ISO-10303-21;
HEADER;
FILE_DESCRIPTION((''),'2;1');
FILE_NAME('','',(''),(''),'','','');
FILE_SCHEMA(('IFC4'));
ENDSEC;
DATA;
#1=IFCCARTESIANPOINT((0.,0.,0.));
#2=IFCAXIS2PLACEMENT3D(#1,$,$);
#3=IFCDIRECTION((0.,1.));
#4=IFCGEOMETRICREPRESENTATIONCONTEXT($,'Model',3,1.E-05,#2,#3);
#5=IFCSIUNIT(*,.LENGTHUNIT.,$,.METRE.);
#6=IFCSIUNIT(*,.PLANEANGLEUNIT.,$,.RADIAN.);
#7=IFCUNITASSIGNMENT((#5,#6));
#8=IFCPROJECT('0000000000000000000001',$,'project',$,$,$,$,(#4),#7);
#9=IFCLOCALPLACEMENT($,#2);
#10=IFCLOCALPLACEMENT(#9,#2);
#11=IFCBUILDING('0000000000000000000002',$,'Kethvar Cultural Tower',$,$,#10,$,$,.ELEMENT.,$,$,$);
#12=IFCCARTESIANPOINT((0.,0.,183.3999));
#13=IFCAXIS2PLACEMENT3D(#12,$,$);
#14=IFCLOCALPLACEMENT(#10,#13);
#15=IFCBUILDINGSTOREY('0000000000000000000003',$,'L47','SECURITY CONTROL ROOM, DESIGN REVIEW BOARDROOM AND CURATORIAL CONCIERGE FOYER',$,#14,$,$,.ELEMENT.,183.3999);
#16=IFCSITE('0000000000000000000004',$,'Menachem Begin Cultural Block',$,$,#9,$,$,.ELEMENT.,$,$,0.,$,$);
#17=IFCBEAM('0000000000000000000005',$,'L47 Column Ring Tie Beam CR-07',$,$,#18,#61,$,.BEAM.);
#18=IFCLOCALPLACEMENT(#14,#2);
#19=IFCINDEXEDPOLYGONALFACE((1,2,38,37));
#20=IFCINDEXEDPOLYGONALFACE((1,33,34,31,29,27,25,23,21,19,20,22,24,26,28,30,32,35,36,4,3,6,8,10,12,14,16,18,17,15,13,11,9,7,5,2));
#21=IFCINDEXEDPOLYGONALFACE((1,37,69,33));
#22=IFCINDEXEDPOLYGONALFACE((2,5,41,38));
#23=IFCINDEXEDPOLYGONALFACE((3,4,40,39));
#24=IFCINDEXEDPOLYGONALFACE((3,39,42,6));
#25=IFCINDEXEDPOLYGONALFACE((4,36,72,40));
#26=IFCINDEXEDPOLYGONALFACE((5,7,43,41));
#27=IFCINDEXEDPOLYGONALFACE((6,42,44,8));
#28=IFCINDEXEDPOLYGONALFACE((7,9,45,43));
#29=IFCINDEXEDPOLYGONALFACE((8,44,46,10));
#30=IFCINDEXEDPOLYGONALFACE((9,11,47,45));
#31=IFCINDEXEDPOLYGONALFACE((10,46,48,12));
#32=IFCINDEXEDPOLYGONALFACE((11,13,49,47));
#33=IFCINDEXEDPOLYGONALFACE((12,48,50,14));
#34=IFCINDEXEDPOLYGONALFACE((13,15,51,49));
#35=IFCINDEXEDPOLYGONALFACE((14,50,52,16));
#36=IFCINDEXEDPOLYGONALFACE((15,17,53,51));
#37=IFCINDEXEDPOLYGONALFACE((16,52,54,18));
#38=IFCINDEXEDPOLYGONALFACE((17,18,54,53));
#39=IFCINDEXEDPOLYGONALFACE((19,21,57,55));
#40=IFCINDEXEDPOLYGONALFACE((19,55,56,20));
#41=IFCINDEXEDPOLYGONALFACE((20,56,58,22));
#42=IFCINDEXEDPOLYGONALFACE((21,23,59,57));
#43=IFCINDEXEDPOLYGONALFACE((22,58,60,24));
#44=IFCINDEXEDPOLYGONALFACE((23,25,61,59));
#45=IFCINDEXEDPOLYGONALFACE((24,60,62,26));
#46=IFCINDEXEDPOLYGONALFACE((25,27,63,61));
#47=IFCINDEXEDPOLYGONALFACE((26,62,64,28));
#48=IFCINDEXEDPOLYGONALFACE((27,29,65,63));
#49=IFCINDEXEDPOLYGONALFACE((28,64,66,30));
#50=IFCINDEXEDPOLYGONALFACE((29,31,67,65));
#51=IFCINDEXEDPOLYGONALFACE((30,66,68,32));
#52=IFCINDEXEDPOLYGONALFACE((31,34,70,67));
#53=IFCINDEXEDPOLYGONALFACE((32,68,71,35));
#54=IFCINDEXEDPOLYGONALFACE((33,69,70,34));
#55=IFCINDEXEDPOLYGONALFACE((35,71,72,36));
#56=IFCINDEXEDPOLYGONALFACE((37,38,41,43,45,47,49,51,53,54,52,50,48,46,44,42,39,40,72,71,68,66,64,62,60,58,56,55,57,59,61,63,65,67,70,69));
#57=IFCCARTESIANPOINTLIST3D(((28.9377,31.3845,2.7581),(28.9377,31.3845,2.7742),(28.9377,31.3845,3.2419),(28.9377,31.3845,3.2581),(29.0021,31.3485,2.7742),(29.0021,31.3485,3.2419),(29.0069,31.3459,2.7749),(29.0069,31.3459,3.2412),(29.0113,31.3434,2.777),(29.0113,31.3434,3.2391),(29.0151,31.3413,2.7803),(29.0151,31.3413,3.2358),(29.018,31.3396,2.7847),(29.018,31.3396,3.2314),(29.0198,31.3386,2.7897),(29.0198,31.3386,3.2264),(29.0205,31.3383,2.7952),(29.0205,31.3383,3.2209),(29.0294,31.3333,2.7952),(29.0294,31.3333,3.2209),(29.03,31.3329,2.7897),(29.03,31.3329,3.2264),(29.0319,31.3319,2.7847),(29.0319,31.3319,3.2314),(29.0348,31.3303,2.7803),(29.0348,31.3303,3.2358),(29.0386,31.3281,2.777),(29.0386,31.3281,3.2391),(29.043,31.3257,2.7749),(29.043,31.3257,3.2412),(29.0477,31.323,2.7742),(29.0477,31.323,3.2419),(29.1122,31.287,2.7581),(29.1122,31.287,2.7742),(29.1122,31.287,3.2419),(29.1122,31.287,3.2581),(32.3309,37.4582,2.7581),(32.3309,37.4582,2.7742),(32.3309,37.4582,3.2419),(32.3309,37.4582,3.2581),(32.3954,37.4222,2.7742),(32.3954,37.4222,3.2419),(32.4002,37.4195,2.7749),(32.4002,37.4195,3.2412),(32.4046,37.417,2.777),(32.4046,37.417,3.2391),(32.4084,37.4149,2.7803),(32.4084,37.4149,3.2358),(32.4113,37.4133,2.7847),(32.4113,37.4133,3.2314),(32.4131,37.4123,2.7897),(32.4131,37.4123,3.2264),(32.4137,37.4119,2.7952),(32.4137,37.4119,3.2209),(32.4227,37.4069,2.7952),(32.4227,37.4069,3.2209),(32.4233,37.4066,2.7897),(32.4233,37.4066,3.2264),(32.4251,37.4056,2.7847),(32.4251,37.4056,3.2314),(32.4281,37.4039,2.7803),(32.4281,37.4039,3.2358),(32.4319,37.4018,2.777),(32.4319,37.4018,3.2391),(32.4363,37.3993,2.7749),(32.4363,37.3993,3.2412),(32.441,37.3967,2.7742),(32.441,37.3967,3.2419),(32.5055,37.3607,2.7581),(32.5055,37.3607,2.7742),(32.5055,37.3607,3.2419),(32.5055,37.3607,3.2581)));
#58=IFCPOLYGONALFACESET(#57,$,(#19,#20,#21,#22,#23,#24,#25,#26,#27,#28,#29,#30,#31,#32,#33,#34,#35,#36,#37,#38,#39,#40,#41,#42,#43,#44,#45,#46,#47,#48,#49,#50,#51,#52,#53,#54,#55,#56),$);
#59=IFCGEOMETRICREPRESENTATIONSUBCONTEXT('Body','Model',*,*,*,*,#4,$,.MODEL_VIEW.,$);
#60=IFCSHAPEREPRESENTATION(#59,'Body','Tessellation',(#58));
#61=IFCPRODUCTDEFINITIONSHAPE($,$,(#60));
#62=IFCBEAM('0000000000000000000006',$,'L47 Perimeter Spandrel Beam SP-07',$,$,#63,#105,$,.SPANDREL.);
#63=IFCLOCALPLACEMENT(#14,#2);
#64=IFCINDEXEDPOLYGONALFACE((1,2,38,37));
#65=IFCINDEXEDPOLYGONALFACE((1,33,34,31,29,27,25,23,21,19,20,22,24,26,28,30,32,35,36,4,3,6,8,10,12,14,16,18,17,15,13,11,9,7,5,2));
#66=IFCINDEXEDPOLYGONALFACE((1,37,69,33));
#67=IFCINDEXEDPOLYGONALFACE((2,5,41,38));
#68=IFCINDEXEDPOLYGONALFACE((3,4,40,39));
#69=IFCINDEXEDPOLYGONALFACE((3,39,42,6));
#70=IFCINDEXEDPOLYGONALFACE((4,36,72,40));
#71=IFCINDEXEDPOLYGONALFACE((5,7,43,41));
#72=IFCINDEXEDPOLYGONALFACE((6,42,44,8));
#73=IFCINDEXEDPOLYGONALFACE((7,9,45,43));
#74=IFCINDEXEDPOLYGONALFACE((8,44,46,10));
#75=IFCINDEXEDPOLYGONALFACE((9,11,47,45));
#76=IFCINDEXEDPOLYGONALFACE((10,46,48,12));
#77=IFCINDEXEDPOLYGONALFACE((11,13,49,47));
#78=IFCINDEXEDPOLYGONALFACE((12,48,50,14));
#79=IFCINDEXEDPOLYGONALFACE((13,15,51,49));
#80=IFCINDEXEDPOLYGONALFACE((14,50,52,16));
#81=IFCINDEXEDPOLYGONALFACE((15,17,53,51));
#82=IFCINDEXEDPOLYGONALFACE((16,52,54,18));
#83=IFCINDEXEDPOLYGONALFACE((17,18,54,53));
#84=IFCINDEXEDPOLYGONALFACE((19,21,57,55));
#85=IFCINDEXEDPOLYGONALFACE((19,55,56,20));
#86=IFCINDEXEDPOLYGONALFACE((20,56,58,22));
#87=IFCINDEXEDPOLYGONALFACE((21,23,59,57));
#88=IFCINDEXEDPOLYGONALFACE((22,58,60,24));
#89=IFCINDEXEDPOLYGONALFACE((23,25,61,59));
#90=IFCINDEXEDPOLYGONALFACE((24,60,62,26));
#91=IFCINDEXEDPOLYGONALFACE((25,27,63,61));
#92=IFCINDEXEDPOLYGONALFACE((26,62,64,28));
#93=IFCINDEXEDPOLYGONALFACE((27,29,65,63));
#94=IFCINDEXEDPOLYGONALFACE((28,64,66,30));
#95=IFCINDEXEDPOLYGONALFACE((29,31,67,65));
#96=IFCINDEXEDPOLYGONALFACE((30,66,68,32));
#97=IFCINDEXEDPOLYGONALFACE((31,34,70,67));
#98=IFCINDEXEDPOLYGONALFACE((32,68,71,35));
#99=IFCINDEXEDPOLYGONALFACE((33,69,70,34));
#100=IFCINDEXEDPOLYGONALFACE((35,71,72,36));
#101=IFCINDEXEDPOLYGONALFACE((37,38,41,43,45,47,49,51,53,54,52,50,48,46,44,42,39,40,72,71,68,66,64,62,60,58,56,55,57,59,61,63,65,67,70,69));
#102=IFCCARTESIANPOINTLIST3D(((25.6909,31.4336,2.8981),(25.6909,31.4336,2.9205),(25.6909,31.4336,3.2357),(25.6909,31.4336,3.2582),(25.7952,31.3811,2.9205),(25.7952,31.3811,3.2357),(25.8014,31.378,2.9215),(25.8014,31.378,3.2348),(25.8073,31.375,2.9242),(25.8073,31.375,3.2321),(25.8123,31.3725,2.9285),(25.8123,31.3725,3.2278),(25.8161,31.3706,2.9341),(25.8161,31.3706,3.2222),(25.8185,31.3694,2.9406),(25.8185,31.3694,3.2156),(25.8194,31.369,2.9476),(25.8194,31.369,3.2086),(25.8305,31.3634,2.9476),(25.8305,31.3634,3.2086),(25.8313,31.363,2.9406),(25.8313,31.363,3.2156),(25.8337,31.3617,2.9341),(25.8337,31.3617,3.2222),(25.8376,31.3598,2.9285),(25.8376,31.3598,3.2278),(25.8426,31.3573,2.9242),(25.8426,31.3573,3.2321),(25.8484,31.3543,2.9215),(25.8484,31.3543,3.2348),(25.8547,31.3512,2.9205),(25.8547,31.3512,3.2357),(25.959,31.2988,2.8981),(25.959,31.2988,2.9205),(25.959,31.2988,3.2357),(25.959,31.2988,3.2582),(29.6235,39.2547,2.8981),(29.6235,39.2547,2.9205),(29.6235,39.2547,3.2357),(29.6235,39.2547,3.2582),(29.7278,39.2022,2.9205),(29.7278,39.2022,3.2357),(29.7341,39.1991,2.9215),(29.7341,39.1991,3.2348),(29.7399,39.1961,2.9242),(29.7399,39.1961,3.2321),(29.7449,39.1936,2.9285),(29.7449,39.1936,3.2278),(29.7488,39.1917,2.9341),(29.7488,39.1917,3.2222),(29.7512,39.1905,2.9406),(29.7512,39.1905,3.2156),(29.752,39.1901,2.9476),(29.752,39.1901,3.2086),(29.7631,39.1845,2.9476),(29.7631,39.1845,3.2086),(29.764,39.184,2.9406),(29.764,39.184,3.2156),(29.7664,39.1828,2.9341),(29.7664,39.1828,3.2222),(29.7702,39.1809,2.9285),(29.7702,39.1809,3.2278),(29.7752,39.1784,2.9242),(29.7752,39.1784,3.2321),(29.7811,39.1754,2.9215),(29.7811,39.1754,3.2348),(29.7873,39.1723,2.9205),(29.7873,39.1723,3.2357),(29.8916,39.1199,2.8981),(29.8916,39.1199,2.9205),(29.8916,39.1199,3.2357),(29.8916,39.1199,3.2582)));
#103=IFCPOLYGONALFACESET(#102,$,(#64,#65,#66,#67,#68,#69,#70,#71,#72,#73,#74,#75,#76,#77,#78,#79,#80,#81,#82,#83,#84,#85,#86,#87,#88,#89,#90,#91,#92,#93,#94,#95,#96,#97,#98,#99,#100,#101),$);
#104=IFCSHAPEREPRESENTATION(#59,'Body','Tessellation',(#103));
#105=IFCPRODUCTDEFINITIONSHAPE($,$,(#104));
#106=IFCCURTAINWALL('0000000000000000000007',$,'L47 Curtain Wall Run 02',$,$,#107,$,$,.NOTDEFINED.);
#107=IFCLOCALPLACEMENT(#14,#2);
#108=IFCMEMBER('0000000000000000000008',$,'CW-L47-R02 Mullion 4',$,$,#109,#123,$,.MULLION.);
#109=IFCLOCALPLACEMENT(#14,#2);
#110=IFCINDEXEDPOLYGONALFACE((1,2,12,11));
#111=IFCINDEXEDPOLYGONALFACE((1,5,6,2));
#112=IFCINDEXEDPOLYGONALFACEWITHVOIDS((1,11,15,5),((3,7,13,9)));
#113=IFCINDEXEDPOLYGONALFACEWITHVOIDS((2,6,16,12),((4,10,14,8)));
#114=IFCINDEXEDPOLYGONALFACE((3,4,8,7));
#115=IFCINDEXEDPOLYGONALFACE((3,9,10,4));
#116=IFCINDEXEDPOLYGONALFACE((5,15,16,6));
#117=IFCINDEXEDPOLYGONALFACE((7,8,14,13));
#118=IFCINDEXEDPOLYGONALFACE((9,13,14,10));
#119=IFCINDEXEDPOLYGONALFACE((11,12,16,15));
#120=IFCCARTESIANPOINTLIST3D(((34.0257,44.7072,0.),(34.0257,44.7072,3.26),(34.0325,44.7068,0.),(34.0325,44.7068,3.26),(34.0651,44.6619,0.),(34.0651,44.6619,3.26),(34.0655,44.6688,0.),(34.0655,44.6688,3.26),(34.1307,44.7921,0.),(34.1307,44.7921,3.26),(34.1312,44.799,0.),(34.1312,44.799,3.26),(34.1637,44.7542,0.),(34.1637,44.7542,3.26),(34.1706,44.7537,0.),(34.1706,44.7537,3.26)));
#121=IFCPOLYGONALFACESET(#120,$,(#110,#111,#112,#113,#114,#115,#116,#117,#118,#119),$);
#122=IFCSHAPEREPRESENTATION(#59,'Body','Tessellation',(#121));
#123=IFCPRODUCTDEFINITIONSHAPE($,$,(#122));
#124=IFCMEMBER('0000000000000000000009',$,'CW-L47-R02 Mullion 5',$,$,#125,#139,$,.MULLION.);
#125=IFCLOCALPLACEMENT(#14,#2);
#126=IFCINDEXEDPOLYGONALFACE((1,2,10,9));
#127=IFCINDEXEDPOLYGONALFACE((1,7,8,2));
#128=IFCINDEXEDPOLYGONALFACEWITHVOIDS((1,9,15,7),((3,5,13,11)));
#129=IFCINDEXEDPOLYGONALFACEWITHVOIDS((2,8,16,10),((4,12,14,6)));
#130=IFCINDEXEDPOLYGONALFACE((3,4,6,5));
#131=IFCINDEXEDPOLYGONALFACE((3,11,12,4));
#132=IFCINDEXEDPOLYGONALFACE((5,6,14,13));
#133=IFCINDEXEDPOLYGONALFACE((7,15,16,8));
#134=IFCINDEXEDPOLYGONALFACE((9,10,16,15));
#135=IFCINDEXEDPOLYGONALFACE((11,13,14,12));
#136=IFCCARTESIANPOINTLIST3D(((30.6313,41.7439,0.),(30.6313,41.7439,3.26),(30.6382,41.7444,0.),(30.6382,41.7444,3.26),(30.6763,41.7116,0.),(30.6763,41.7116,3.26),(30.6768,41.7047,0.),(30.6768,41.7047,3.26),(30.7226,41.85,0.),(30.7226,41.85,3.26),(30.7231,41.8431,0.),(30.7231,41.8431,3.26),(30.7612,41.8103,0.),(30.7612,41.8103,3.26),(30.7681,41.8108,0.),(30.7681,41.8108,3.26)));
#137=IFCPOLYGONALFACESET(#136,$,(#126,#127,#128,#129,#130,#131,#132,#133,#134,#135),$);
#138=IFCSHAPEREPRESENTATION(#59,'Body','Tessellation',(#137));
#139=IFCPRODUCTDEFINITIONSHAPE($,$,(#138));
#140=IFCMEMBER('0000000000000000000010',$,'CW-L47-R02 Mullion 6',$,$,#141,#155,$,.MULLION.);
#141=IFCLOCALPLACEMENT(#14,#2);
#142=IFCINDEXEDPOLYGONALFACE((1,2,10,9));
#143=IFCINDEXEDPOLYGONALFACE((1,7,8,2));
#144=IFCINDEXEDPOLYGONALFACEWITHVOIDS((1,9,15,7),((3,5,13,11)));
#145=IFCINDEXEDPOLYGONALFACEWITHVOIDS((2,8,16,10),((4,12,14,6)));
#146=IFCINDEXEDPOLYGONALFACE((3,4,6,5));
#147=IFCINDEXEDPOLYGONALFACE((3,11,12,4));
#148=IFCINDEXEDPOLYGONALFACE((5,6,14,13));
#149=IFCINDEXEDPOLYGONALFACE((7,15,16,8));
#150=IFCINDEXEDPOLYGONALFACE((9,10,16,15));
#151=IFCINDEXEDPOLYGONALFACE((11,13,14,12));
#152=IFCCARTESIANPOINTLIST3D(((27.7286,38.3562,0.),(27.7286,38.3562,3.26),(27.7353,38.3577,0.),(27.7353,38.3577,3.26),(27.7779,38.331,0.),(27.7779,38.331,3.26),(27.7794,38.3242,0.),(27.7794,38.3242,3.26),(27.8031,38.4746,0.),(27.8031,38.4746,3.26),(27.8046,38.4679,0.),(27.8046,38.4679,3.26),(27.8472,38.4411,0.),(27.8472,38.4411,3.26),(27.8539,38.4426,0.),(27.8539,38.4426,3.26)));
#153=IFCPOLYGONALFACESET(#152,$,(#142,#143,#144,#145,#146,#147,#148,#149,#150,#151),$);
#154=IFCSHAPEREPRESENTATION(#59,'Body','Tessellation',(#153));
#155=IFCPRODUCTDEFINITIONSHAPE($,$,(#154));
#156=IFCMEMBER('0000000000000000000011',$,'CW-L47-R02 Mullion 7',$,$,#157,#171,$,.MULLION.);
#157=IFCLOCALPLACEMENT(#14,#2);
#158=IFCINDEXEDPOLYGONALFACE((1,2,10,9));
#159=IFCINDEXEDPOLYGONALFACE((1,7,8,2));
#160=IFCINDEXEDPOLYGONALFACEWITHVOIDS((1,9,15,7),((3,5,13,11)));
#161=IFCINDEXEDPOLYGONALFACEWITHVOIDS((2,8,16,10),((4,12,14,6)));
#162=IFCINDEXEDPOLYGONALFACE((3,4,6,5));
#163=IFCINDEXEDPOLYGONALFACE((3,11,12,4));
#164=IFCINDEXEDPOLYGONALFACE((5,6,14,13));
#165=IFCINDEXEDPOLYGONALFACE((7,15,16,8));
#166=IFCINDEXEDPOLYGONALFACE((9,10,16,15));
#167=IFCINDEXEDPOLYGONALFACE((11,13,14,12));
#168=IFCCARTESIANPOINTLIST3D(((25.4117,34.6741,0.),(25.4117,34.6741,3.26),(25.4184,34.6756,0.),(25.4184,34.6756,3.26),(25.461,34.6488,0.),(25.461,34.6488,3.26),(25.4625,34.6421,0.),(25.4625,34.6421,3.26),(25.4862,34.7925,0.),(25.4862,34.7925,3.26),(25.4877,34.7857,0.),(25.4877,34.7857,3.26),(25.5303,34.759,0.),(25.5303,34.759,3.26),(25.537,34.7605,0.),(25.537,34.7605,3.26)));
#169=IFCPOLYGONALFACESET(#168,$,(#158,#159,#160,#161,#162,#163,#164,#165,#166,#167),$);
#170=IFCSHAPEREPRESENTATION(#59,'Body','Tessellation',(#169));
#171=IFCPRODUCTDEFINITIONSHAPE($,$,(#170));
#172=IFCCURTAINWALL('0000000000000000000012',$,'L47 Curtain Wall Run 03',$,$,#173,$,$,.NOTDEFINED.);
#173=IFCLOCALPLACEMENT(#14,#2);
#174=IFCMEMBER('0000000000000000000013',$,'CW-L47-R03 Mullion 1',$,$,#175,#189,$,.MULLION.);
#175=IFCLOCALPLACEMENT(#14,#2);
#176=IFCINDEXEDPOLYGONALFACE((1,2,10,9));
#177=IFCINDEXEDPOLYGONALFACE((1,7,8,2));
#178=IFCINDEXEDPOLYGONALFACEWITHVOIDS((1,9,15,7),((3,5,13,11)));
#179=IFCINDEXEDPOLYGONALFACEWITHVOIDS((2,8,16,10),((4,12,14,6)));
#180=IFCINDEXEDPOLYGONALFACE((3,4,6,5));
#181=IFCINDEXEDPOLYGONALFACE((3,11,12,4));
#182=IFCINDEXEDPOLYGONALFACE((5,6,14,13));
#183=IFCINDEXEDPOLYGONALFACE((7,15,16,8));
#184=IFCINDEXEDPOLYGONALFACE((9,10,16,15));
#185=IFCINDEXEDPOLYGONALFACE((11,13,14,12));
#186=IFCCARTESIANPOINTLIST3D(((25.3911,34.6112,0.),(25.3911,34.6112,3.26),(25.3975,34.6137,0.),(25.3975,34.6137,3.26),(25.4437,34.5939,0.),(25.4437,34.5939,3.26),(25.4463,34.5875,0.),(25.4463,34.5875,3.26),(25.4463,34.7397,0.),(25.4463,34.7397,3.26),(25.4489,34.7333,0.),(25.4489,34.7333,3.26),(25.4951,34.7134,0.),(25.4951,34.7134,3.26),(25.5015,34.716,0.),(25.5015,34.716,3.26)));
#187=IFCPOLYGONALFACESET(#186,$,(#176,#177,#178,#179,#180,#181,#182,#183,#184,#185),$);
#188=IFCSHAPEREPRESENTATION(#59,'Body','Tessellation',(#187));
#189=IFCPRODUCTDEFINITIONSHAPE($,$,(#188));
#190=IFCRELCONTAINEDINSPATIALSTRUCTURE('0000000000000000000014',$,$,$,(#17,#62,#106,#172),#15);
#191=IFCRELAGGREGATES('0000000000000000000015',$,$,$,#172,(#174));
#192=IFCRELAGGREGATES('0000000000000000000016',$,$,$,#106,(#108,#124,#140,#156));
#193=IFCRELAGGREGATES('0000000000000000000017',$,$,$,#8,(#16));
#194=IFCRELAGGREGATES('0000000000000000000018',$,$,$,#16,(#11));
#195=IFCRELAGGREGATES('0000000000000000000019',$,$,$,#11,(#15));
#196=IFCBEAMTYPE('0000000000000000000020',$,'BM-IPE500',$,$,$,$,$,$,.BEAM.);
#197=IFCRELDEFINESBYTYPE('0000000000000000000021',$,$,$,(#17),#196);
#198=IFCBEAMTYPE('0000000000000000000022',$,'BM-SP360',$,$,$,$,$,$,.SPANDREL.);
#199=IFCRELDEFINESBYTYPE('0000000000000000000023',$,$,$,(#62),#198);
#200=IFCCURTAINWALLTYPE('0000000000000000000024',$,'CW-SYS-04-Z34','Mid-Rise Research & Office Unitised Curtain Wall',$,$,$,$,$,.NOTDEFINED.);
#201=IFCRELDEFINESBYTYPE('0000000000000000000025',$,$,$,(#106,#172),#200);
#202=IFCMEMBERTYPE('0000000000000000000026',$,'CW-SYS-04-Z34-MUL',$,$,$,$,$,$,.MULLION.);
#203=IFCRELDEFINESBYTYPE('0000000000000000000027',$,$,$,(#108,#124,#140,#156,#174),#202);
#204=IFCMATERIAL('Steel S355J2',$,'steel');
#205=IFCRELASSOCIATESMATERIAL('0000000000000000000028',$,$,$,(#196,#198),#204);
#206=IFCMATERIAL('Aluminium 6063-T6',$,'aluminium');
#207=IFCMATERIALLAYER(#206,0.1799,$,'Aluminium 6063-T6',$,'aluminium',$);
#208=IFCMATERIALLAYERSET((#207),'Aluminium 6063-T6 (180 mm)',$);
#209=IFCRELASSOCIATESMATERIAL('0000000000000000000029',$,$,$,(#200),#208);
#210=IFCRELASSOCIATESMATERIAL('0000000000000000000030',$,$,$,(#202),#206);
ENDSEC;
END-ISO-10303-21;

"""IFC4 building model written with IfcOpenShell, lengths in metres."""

from ifc_helpers import new_model, si_unit, direction, frame, origin, origin_2d, place, context, subcontext, project, spatial, hollow_rectangle, i_section, extrude, source, transform, mapped, material, layer, layer_set, material_profile, profile_set, type_object, element, aggregate, save


model = new_model("IFC4")

# Units and contexts
model_context = context("Model", 3, precision=1e-05, world=origin(), true_north=direction((0.0, 1.0)))
body_context = subcontext(model_context, "Body", "Model", "MODEL_VIEW")
ifc_project = project(units=[si_unit("LENGTHUNIT", "METRE"), si_unit("PLANEANGLEUNIT", "RADIAN")], contexts=[model_context])

# Site, building, storey
site_placement = place(None, origin())
site = spatial("IfcSite", under=ifc_project, at=site_placement, Name="Menachem Begin Cultural Block", CompositionType="ELEMENT", RefElevation=0.0)
building_placement = place(site_placement, origin())
building = spatial("IfcBuilding", under=site, at=building_placement, Name="Kethvar Cultural Tower", CompositionType="ELEMENT")
storey_placement = place(building_placement, frame((0.0, 0.0, 183.3999)))
storey = spatial("IfcBuildingStorey", under=building, at=storey_placement, Name="L47", Description="SECURITY CONTROL ROOM, DESIGN REVIEW BOARDROOM AND CURATORIAL CONCIERGE FOYER", CompositionType="ELEMENT", Elevation=183.3999)

# Beams
ifc_material_1 = material(Name="Steel S355J2", Category="steel")
ifc_material_profile_1 = material_profile(ifc_material_1, i_section(OverallWidth=0.2, OverallDepth=0.5, WebThickness=0.0103, FlangeThickness=0.0161, FilletRadius=0.021, at=origin_2d()), Name="Steel S355J2 — IPE500")
ifc_profile_set_1 = profile_set([ifc_material_profile_1], Name="Steel S355J2 — IPE500")
beam_type_1 = type_object("IfcBeamType", Name="BM-IPE500", PredefinedType="BEAM", material=ifc_profile_set_1)
ifc_material_profile_2 = material_profile(ifc_material_1, i_section(OverallWidth=0.3, OverallDepth=0.3601, WebThickness=0.0125, FlangeThickness=0.0225, FilletRadius=0.0271, at=origin_2d()), Name="Steel S355J2 — HEB360")
ifc_profile_set_2 = profile_set([ifc_material_profile_2], Name="Steel S355J2 — HEB360")
beam_type_2 = type_object("IfcBeamType", Name="BM-SP360", PredefinedType="SPANDREL", material=ifc_profile_set_2)
shared_shape_1 = source(origin(), body_context, "Body", "SweptSolid", [
    extrude(i_section(OverallWidth=0.2, OverallDepth=0.5, WebThickness=0.0103, FlangeThickness=0.0161, FilletRadius=0.021, at=origin_2d()), origin(), (0.0, 0.0, 1.0), 6.9573),
])
beam_1_placement = place(storey_placement, frame((32.4182, 37.4094, 3.0081), z_axis=(-0.48773, -0.872994, 0.0), x_axis=(0.872994, -0.48773, 0.0)))
element("IfcBeam", 1, at=beam_1_placement, inside=storey, type_object=beam_type_1, Name="L47 Column Ring Tie Beam CR-07", PredefinedType="BEAM", context=body_context, shape_type="MappedRepresentation", body=[
    mapped(shared_shape_1, transform((0.0, 0.0, 0.0), scale=1.0)),
])
shared_shape_2 = source(origin(), body_context, "Body", "SweptSolid", [
    extrude(i_section(OverallWidth=0.3, OverallDepth=0.3601, WebThickness=0.0125, FlangeThickness=0.0225, FilletRadius=0.0271, at=origin_2d()), origin(), (0.0, 0.0, 1.0), 8.7542),
])
beam_2_placement = place(storey_placement, frame((29.7576, 39.1873, 3.0781), z_axis=(-0.449232, -0.893415, 0.0), x_axis=(0.893415, -0.449232, 0.0)))
element("IfcBeam", 2, at=beam_2_placement, inside=storey, type_object=beam_type_2, Name="L47 Perimeter Spandrel Beam SP-07", PredefinedType="SPANDREL", context=body_context, shape_type="MappedRepresentation", body=[
    mapped(shared_shape_2, transform((0.0, 0.0, 0.0), scale=1.0)),
])

# Curtain wall, members
ifc_material_2 = material(Name="Aluminium 6063-T6", Category="aluminium")
ifc_layer_1 = layer(ifc_material_2, 0.1799, Name="Aluminium 6063-T6", Category="aluminium")
ifc_layer_set_1 = layer_set([ifc_layer_1], Name="Aluminium 6063-T6 (180 mm)")
curtain_wall_type = type_object("IfcCurtainWallType", Name="CW-SYS-04-Z34", Description="Mid-Rise Research & Office Unitised Curtain Wall", PredefinedType="NOTDEFINED", material=ifc_layer_set_1)
curtain_wall_1_placement = place(storey_placement, origin())
curtain_wall_1 = element("IfcCurtainWall", 3, at=curtain_wall_1_placement, inside=storey, type_object=curtain_wall_type, Name="L47 Curtain Wall Run 02", PredefinedType="NOTDEFINED")
ifc_material_profile_3 = material_profile(ifc_material_2, hollow_rectangle(XDim=0.0601, YDim=0.1399, WallThickness=0.0049, at=origin_2d()), Name="Aluminium 6063-T6 — RHS140x60x5")
ifc_profile_set_3 = profile_set([ifc_material_profile_3], Name="Aluminium 6063-T6 — RHS140x60x5")
member_type_1 = type_object("IfcMemberType", Name="CW-SYS-04-Z34-MUL", PredefinedType="MULLION", material=ifc_profile_set_3)
shared_shape_3 = source(origin(), body_context, "Body", "SweptSolid", [
    extrude(hollow_rectangle(XDim=0.0601, YDim=0.1399, WallThickness=0.0049, at=origin_2d()), origin(), (0.0, 0.0, 1.0), 3.26),
])
member_1_placement = place(storey_placement, frame((34.0981, 44.7305, 0.0), z_axis=(0.0, 0.0, 1.0), x_axis=(0.656085, -0.754687, 0.0)))
member_1 = element("IfcMember", 4, at=member_1_placement, type_object=member_type_1, Name="CW-L47-R02 Mullion 4", PredefinedType="MULLION", context=body_context, shape_type="MappedRepresentation", body=[
    mapped(shared_shape_3, transform((0.0, 0.0, 0.0), scale=1.0)),
])
member_2_placement = place(storey_placement, frame((30.6997, 41.7773, 0.0), z_axis=(0.0, 0.0, 1.0), x_axis=(0.758009, -0.652244, 0.0)))
member_2 = element("IfcMember", 5, at=member_2_placement, type_object=member_type_1, Name="CW-L47-R02 Mullion 5", PredefinedType="MULLION", context=body_context, shape_type="MappedRepresentation", body=[
    mapped(shared_shape_3, transform((0.0, 0.0, 0.0), scale=1.0)),
])
member_3_placement = place(storey_placement, frame((27.7913, 38.3994, 0.0), z_axis=(0.0, 0.0, 1.0), x_axis=(0.846379, -0.532581, 0.0)))
member_3 = element("IfcMember", 6, at=member_3_placement, type_object=member_type_1, Name="CW-L47-R02 Mullion 6", PredefinedType="MULLION", context=body_context, shape_type="MappedRepresentation", body=[
    mapped(shared_shape_3, transform((0.0, 0.0, 0.0), scale=1.0)),
])
member_4_placement = place(storey_placement, frame((25.4744, 34.7173, 0.0), z_axis=(0.0, 0.0, 1.0), x_axis=(0.846379, -0.532581, 0.0)))
member_4 = element("IfcMember", 7, at=member_4_placement, type_object=member_type_1, Name="CW-L47-R02 Mullion 7", PredefinedType="MULLION", context=body_context, shape_type="MappedRepresentation", body=[
    mapped(shared_shape_3, transform((0.0, 0.0, 0.0), scale=1.0)),
])

# Curtain wall, member
curtain_wall_2_placement = place(storey_placement, origin())
curtain_wall_2 = element("IfcCurtainWall", 8, at=curtain_wall_2_placement, inside=storey, type_object=curtain_wall_type, Name="L47 Curtain Wall Run 03", PredefinedType="NOTDEFINED")
member_5_placement = place(storey_placement, frame((25.4463, 34.6636, 0.0), z_axis=(0.0, 0.0, 1.0), x_axis=(0.918833, -0.394648, 0.0)))
member_5 = element("IfcMember", 9, at=member_5_placement, type_object=member_type_1, Name="CW-L47-R03 Mullion 1", PredefinedType="MULLION", context=body_context, shape_type="MappedRepresentation", body=[
    mapped(shared_shape_3, transform((0.0, 0.0, 0.0), scale=1.0)),
])
aggregate(curtain_wall_2, [member_5])

aggregate(curtain_wall_1, [member_1, member_2, member_3, member_4])

save(model, "model.ifc")
